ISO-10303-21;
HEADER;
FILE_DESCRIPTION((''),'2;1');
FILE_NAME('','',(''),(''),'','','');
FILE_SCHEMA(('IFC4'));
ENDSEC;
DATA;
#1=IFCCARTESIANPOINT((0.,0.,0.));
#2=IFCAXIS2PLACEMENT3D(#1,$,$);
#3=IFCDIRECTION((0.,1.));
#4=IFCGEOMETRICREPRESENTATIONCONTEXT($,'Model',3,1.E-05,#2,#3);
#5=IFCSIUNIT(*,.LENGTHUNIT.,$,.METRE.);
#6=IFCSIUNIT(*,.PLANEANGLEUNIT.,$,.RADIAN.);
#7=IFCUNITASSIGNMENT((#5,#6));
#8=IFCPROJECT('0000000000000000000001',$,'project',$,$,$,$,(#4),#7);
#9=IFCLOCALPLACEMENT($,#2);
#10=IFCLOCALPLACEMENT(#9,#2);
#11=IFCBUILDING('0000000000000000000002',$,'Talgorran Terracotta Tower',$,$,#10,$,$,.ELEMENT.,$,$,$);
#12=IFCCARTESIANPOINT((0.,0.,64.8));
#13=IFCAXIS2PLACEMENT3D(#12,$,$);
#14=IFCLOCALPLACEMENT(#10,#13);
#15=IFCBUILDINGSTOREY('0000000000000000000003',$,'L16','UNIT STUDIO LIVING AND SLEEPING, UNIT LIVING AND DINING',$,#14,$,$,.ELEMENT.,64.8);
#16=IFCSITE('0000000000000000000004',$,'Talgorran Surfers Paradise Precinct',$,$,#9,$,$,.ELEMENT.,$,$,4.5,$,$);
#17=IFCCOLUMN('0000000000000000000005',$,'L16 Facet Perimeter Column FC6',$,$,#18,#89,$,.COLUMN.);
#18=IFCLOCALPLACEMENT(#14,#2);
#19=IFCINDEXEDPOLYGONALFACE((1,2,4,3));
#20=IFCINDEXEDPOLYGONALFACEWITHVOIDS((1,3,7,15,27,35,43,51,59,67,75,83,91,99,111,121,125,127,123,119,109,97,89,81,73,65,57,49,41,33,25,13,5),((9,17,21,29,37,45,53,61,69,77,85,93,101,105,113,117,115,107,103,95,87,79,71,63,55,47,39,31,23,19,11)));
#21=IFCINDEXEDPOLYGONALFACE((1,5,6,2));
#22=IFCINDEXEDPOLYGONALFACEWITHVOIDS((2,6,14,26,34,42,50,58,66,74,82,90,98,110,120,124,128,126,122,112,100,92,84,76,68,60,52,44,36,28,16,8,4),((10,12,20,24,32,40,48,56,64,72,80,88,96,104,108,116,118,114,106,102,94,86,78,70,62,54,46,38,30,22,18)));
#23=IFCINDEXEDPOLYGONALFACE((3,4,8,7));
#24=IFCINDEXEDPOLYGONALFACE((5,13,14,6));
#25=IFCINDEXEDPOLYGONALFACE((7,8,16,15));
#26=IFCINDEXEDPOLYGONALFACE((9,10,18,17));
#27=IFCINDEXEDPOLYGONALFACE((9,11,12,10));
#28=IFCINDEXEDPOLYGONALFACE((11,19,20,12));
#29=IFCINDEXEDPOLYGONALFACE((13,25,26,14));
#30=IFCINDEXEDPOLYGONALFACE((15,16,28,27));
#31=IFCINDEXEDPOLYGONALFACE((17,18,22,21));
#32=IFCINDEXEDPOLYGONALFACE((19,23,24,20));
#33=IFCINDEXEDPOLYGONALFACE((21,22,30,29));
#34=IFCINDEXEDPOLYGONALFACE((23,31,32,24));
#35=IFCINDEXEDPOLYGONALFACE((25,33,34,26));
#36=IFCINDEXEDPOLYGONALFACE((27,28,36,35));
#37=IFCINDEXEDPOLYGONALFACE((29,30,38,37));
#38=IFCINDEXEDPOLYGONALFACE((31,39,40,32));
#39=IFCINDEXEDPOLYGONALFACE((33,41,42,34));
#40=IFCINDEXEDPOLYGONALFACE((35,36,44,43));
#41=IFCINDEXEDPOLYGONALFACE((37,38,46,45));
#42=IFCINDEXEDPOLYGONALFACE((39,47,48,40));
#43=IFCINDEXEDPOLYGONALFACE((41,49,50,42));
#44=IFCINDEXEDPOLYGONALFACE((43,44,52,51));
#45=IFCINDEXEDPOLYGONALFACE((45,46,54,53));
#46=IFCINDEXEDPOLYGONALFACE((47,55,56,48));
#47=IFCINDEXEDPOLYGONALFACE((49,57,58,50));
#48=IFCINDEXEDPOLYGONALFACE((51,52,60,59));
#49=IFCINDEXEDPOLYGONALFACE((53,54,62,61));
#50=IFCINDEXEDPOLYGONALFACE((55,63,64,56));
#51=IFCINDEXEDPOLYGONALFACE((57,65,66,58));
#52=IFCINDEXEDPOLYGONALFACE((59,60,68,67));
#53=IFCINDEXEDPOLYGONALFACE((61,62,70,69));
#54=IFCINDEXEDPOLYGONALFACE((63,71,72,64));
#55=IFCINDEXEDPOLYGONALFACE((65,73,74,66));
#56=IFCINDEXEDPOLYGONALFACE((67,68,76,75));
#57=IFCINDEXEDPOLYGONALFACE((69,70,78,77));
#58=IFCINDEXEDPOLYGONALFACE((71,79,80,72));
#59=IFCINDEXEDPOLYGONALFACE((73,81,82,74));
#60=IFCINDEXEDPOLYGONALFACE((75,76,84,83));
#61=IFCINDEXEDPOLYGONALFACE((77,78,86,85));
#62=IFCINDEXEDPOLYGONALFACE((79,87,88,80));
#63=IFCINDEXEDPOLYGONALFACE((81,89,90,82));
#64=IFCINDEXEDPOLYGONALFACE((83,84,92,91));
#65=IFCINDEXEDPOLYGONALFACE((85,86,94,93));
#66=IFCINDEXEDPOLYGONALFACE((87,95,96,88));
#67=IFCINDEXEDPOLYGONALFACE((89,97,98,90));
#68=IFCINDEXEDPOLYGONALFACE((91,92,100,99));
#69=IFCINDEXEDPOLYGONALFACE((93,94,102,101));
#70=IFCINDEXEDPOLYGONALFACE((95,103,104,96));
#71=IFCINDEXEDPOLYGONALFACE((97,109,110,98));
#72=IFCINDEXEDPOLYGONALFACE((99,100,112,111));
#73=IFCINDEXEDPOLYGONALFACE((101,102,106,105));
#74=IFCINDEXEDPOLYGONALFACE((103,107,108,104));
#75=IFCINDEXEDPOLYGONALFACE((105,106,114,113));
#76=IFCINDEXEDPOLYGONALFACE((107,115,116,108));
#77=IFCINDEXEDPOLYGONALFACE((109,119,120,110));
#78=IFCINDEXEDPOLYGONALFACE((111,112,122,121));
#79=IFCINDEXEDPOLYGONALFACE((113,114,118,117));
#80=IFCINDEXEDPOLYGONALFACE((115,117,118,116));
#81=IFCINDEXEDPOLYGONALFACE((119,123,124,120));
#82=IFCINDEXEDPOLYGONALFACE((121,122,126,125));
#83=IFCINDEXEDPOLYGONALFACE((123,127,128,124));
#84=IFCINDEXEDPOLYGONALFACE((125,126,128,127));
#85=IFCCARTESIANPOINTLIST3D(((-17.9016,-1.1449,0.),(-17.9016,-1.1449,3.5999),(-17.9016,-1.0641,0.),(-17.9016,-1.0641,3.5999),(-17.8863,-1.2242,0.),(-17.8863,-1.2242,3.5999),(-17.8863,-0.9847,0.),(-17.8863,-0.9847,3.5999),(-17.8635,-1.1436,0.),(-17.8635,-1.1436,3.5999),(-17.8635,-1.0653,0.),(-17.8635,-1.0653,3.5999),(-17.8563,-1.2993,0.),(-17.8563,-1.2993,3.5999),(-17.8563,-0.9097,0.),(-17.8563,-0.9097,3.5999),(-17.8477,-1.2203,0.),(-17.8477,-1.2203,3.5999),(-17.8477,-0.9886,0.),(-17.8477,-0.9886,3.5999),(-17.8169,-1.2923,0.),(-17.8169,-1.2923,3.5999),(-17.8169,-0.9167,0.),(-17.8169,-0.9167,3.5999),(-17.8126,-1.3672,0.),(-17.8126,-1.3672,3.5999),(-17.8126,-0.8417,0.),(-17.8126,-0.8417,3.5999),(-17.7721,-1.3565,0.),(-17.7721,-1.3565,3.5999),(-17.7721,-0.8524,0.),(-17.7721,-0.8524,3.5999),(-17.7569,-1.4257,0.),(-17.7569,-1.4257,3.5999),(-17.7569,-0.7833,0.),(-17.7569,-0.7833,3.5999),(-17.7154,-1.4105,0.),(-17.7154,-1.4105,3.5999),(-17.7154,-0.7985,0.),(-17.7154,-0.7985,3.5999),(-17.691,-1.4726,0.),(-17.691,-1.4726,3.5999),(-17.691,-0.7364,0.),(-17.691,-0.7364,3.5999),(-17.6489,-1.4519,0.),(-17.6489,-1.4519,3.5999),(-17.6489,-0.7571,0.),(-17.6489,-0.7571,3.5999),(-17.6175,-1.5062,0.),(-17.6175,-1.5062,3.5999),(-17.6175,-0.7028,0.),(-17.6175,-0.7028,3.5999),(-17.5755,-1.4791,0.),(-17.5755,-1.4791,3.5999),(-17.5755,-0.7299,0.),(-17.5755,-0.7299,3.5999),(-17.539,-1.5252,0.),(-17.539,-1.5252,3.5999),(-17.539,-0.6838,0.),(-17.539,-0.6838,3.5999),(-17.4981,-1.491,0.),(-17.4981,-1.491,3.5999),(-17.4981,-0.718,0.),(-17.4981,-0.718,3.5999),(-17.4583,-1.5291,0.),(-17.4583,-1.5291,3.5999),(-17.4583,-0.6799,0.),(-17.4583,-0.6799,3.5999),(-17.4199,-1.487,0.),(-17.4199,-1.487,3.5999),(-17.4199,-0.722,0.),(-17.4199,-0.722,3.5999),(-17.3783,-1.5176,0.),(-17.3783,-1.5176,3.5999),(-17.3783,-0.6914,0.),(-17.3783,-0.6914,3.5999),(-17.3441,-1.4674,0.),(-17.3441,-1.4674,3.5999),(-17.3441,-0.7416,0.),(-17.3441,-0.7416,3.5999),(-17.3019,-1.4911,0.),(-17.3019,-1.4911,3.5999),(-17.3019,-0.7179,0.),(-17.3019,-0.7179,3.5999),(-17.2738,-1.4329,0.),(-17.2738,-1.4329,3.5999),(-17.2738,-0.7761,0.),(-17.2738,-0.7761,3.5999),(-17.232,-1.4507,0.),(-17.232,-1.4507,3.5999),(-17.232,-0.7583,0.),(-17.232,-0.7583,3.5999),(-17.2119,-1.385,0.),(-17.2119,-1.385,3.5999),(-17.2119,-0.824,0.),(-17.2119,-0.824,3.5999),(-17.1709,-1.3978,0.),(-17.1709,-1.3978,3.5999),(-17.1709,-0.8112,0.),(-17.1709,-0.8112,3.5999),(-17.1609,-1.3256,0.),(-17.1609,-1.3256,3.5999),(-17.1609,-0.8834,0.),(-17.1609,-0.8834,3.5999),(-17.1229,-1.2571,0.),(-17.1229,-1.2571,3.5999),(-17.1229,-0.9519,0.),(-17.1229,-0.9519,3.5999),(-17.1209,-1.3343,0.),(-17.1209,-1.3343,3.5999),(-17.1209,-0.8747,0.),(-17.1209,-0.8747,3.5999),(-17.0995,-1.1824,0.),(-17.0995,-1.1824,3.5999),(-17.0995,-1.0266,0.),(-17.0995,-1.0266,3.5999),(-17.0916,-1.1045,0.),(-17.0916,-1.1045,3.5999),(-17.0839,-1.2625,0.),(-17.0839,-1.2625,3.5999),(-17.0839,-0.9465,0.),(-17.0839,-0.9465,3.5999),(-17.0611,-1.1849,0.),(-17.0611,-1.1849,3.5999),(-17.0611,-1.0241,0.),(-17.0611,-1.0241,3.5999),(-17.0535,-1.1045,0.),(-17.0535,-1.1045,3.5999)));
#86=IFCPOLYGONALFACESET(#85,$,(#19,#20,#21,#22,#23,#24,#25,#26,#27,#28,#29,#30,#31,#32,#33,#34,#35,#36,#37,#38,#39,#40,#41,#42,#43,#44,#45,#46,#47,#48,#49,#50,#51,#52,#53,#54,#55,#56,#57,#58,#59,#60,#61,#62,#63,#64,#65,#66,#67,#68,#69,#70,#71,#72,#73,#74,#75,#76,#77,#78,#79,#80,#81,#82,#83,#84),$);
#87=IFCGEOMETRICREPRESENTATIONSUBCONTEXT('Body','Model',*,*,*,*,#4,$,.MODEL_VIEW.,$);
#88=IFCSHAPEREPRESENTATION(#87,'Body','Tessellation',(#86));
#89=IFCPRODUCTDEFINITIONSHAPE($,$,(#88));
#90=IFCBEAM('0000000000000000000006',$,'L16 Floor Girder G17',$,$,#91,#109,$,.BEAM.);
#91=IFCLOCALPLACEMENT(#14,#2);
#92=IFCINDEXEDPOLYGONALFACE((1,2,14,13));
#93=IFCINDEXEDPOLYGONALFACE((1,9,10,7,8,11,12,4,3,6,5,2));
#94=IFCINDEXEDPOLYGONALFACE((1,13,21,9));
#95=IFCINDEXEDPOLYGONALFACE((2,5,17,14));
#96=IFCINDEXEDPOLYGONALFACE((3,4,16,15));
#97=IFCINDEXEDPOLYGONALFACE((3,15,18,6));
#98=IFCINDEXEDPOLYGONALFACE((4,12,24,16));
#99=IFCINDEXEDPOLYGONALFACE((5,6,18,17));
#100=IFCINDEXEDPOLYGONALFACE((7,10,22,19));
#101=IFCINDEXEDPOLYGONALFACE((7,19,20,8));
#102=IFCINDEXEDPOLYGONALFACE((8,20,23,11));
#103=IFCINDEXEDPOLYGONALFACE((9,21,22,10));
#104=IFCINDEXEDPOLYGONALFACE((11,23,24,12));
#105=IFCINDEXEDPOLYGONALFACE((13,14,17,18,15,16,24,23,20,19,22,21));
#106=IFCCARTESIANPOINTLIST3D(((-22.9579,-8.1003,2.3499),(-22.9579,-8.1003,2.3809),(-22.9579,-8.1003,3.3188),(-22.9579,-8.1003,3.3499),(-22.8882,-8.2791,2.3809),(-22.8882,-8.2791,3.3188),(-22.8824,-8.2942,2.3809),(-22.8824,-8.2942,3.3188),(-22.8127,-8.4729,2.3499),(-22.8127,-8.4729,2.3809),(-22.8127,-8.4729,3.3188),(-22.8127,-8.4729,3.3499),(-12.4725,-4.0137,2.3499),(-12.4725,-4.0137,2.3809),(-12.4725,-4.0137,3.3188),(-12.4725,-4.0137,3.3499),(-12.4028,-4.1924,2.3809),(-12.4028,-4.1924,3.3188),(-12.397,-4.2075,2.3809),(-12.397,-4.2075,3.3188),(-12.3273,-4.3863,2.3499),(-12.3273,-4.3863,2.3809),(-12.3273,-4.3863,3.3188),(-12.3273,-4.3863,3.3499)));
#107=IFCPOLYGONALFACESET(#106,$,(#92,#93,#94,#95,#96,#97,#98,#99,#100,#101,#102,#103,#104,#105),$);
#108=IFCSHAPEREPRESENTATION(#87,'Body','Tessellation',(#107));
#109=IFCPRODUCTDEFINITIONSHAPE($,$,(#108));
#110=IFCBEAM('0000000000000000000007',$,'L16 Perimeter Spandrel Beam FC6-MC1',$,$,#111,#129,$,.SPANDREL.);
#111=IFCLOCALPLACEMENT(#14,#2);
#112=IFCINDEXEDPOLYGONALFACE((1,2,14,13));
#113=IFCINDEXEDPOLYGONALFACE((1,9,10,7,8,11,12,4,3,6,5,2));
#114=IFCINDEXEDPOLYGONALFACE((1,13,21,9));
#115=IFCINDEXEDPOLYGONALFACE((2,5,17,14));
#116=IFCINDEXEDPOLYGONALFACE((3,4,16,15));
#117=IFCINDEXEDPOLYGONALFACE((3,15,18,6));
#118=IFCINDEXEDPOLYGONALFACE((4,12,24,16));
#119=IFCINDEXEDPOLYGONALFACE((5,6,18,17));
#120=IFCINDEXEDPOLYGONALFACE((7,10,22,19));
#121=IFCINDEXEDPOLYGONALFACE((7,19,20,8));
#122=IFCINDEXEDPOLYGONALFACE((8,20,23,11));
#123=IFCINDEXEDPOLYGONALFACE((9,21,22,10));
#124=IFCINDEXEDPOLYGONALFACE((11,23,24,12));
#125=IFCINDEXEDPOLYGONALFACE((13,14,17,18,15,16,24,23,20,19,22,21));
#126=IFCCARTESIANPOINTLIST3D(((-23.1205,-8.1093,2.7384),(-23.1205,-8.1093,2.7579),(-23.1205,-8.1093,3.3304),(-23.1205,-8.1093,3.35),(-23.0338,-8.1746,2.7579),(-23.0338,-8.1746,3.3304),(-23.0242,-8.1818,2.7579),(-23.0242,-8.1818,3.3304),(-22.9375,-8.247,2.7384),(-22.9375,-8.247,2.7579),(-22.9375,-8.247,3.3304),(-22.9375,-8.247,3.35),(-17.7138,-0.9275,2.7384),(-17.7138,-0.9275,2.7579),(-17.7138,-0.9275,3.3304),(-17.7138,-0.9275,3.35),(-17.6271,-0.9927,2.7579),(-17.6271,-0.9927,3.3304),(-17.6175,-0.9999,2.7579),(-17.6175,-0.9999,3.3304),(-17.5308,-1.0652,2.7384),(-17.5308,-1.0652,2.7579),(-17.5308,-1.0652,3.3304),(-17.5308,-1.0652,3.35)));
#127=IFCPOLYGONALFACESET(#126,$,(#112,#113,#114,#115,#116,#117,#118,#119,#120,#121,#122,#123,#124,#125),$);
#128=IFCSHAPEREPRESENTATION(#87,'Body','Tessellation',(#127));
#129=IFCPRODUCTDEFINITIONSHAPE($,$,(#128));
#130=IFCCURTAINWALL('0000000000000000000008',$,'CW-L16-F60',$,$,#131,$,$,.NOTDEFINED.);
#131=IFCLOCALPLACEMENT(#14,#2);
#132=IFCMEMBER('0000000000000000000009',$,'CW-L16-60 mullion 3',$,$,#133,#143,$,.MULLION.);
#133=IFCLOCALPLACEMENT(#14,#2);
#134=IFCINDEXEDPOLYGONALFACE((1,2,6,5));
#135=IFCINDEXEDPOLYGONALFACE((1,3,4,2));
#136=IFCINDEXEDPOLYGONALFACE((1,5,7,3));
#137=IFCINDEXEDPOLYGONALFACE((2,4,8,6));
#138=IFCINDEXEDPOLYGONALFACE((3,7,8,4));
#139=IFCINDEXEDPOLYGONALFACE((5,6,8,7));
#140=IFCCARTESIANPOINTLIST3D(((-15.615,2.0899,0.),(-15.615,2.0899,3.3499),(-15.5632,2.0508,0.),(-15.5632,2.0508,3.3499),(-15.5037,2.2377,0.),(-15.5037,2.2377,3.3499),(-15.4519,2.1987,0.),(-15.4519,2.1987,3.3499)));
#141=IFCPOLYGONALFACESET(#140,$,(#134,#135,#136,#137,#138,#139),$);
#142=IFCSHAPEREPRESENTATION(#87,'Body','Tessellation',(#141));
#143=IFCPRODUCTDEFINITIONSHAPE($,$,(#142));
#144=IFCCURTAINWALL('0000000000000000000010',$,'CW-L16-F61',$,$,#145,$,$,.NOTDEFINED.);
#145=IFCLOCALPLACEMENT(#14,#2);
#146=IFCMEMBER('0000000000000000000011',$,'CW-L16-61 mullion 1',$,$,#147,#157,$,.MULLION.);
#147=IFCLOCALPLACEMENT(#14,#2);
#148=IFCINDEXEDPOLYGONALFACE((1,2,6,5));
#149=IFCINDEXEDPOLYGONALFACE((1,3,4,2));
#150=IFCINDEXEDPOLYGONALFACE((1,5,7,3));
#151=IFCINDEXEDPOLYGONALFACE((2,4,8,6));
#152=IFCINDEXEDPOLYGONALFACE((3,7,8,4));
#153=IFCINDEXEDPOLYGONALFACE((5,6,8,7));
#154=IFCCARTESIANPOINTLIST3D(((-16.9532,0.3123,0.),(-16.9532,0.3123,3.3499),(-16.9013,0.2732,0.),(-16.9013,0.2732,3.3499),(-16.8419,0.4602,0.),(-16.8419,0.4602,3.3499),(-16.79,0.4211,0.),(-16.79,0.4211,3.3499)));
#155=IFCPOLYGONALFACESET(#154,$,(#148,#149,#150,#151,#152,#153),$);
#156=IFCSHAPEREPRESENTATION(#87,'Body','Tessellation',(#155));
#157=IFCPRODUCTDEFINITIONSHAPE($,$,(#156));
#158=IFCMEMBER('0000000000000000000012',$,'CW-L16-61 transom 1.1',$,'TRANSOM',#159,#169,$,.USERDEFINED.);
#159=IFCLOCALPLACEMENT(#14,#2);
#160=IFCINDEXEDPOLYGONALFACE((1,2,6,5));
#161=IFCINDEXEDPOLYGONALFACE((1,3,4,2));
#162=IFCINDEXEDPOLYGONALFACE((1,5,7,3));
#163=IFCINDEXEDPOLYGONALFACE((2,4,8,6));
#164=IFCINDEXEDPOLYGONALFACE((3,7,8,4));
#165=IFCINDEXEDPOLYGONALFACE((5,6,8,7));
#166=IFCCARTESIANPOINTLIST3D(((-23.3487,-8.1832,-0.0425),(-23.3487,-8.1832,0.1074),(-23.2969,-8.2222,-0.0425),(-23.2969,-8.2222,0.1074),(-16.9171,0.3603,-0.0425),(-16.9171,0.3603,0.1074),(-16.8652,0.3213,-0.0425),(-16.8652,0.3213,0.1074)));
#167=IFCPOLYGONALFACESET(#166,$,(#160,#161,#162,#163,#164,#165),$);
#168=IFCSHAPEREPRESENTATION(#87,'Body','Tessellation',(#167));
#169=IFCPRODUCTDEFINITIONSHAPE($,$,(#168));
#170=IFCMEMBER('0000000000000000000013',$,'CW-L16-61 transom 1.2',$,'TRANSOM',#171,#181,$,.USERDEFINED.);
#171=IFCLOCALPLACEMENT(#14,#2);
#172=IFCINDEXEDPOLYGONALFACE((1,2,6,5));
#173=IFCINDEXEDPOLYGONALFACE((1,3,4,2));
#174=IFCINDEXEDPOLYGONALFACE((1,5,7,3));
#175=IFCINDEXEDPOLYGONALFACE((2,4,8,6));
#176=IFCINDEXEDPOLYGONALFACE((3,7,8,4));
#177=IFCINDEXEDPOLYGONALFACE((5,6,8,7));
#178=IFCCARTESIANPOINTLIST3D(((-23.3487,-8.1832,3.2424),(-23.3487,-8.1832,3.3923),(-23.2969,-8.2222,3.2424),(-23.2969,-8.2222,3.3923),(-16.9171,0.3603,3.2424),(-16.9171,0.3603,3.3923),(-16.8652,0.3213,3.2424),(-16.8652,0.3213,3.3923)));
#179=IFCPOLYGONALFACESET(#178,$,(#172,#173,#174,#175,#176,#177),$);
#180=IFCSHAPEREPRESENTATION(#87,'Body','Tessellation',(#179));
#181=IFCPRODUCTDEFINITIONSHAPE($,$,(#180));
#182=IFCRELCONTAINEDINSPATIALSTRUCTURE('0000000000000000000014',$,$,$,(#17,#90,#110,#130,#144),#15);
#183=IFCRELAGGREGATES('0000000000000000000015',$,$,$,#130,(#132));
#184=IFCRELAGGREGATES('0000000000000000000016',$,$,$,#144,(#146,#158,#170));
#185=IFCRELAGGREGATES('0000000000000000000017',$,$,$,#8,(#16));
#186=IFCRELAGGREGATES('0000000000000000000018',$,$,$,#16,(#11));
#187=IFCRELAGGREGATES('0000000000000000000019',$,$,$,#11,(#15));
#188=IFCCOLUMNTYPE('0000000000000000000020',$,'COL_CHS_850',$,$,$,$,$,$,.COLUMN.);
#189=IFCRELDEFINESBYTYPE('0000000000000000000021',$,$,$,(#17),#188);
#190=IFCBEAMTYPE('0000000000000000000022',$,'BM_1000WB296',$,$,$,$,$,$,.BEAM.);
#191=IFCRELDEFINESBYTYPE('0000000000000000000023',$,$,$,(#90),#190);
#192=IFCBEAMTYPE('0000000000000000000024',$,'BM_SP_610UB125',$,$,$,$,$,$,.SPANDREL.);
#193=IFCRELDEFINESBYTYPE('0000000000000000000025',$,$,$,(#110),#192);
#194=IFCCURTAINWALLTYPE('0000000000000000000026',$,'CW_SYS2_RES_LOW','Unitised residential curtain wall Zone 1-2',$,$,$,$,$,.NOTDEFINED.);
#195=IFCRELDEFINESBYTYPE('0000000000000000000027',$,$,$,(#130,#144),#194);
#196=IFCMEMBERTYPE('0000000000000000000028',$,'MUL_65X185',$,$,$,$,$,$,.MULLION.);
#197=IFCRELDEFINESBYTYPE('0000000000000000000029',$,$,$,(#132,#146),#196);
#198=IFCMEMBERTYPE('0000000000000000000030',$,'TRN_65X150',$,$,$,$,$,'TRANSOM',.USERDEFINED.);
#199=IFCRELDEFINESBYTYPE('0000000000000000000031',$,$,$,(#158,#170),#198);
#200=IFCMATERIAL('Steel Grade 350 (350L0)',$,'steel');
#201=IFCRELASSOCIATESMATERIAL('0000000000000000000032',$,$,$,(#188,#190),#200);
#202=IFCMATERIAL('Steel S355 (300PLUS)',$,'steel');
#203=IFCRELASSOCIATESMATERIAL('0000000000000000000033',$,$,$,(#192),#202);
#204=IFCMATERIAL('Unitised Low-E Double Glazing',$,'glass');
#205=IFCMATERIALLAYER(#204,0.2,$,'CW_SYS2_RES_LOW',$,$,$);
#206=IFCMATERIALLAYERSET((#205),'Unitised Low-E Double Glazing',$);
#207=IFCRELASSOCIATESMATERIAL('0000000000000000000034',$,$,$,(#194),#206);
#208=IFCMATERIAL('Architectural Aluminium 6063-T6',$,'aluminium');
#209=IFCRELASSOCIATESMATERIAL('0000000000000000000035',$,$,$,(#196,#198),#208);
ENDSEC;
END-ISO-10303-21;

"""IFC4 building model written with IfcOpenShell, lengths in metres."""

from ifc_helpers import new_model, si_unit, direction, frame, origin, origin_2d, place, context, subcontext, project, spatial, rectangle, hollow_circle, i_section, extrude, material, layer, layer_set, material_profile, profile_set, type_object, element, aggregate, save


model = new_model("IFC4")

# Units and contexts
model_context = context("Model", 3, precision=1e-05, world=origin(), true_north=direction((0.0, 1.0)))
body_context = subcontext(model_context, "Body", "Model", "MODEL_VIEW")
ifc_project = project(units=[si_unit("LENGTHUNIT", "METRE"), si_unit("PLANEANGLEUNIT", "RADIAN")], contexts=[model_context])

# Site, building, storey
site_placement = place(None, origin())
site = spatial("IfcSite", under=ifc_project, at=site_placement, Name="Talgorran Surfers Paradise Precinct", CompositionType="ELEMENT", RefElevation=4.5)
building_placement = place(site_placement, origin())
building = spatial("IfcBuilding", under=site, at=building_placement, Name="Talgorran Terracotta Tower", CompositionType="ELEMENT")
storey_placement = place(building_placement, frame((0.0, 0.0, 64.8)))
storey = spatial("IfcBuildingStorey", under=building, at=storey_placement, Name="L16", Description="UNIT STUDIO LIVING AND SLEEPING, UNIT LIVING AND DINING", CompositionType="ELEMENT", Elevation=64.8)

# Column
ifc_material_1 = material(Name="Steel Grade 350 (350L0)", Category="steel")
ifc_material_profile_1 = material_profile(ifc_material_1, hollow_circle(Radius=0.425, WallThickness=0.0381, at=origin_2d()), Name="CHS850X38")
ifc_profile_set_1 = profile_set([ifc_material_profile_1], Name="Steel Grade 350 (350L0)")
column_type = type_object("IfcColumnType", Name="COL_CHS_850", PredefinedType="COLUMN", material=ifc_profile_set_1)
column_placement = place(storey_placement, frame((-17.4785, -1.1045, 0.0), z_axis=(0.0, 0.0, 1.0), x_axis=(1.0, 0.0, 0.0)))
element("IfcColumn", 1, at=column_placement, inside=storey, type_object=column_type, Name="L16 Facet Perimeter Column FC6", PredefinedType="COLUMN", context=body_context, shape_type="SweptSolid", body=[
    extrude(hollow_circle(Radius=0.425, WallThickness=0.0381, at=origin_2d()), origin(), (0.0, 0.0, 1.0), 3.5999),
])

# Beams
ifc_material_profile_2 = material_profile(ifc_material_1, i_section(OverallWidth=0.3999, OverallDepth=1.0, WebThickness=0.0161, FlangeThickness=0.031, at=origin_2d()), Name="1000WB296")
ifc_profile_set_2 = profile_set([ifc_material_profile_2], Name="Steel Grade 350 (350L0)")
beam_type_1 = type_object("IfcBeamType", Name="BM_1000WB296", PredefinedType="BEAM", material=ifc_profile_set_2)
beam_1_placement = place(storey_placement, frame((-12.3999, -4.2, 2.8499), z_axis=(-0.931733, -0.363143, 0.0), x_axis=(0.363143, -0.931733, 0.0)))
element("IfcBeam", 2, at=beam_1_placement, inside=storey, type_object=beam_type_1, Name="L16 Floor Girder G17", PredefinedType="BEAM", context=body_context, shape_type="SweptSolid", body=[
    extrude(i_section(OverallWidth=0.3999, OverallDepth=1.0, WebThickness=0.0161, FlangeThickness=0.031, at=origin_2d()), origin(), (0.0, 0.0, 1.0), 11.2537),
])
ifc_material_2 = material(Name="Steel S355 (300PLUS)", Category="steel")
ifc_material_profile_3 = material_profile(ifc_material_2, i_section(OverallWidth=0.229, OverallDepth=0.6116, WebThickness=0.012, FlangeThickness=0.0195, at=origin_2d()), Name="610UB125")
ifc_profile_set_3 = profile_set([ifc_material_profile_3], Name="Steel S355 (300PLUS)")
beam_type_2 = type_object("IfcBeamType", Name="BM_SP_610UB125", PredefinedType="SPANDREL", material=ifc_profile_set_3)
beam_2_placement = place(storey_placement, frame((-17.6223, -0.9963, 3.0442), z_axis=(-0.601446, -0.798913, 0.0), x_axis=(0.798913, -0.601446, 0.0)))
element("IfcBeam", 3, at=beam_2_placement, inside=storey, type_object=beam_type_2, Name="L16 Perimeter Spandrel Beam FC6-MC1", PredefinedType="SPANDREL", context=body_context, shape_type="SweptSolid", body=[
    extrude(i_section(OverallWidth=0.229, OverallDepth=0.6116, WebThickness=0.012, FlangeThickness=0.0195, at=origin_2d()), origin(), (0.0, 0.0, 1.0), 8.9895),
])

# Curtain wall, member
ifc_material_3 = material(Name="Unitised Low-E Double Glazing", Category="glass")
ifc_layer_1 = layer(ifc_material_3, 0.2, Name="CW_SYS2_RES_LOW")
ifc_layer_set_1 = layer_set([ifc_layer_1], Name="Unitised Low-E Double Glazing")
curtain_wall_type = type_object("IfcCurtainWallType", Name="CW_SYS2_RES_LOW", Description="Unitised residential curtain wall Zone 1-2", PredefinedType="NOTDEFINED", material=ifc_layer_set_1)
curtain_wall_1_placement = place(storey_placement, origin())
curtain_wall_1 = element("IfcCurtainWall", 4, at=curtain_wall_1_placement, inside=storey, type_object=curtain_wall_type, Name="CW-L16-F60", PredefinedType="NOTDEFINED")
ifc_material_4 = material(Name="Architectural Aluminium 6063-T6", Category="aluminium")
ifc_material_profile_4 = material_profile(ifc_material_4, rectangle(XDim=0.0649, YDim=0.1851, at=origin_2d()), Name="CWM65X185")
ifc_profile_set_4 = profile_set([ifc_material_profile_4], Name="Architectural Aluminium 6063-T6")
member_type_1 = type_object("IfcMemberType", Name="MUL_65X185", PredefinedType="MULLION", material=ifc_profile_set_4)
member_1_placement = place(storey_placement, frame((-15.5334, 2.1443, 0.0), z_axis=(0.0, 0.0, 1.0), x_axis=(0.798919, -0.601439, 0.0)))
member_1 = element("IfcMember", 5, at=member_1_placement, type_object=member_type_1, Name="CW-L16-60 mullion 3", PredefinedType="MULLION", context=body_context, shape_type="SweptSolid", body=[
    extrude(rectangle(XDim=0.0649, YDim=0.1851, at=origin_2d()), origin(), (0.0, 0.0, 1.0), 3.3499),
])

# Curtain wall, members
curtain_wall_2_placement = place(storey_placement, origin())
curtain_wall_2 = element("IfcCurtainWall", 6, at=curtain_wall_2_placement, inside=storey, type_object=curtain_wall_type, Name="CW-L16-F61", PredefinedType="NOTDEFINED")
member_2_placement = place(storey_placement, frame((-16.8716, 0.3667, 0.0), z_axis=(0.0, 0.0, 1.0), x_axis=(0.79892, -0.601437, 0.0)))
member_2 = element("IfcMember", 7, at=member_2_placement, type_object=member_type_1, Name="CW-L16-61 mullion 1", PredefinedType="MULLION", context=body_context, shape_type="SweptSolid", body=[
    extrude(rectangle(XDim=0.0649, YDim=0.1851, at=origin_2d()), origin(), (0.0, 0.0, 1.0), 3.3499),
])
ifc_material_profile_5 = material_profile(ifc_material_4, rectangle(XDim=0.0649, YDim=0.1499, at=origin_2d()), Name="CWT65X150")
ifc_profile_set_5 = profile_set([ifc_material_profile_5], Name="Architectural Aluminium 6063-T6")
member_type_2 = type_object("IfcMemberType", Name="TRN_65X150", ElementType="TRANSOM", PredefinedType="USERDEFINED", material=ifc_profile_set_5)
member_3_placement = place(storey_placement, frame((-16.8911, 0.3408, 0.0325), z_axis=(-0.601438, -0.798919, 0.0), x_axis=(0.798919, -0.601438, 0.0)))
member_3 = element("IfcMember", 8, at=member_3_placement, type_object=member_type_2, Name="CW-L16-61 transom 1.1", ObjectType="TRANSOM", PredefinedType="USERDEFINED", context=body_context, shape_type="SweptSolid", body=[
    extrude(rectangle(XDim=0.0649, YDim=0.1499, at=origin_2d()), origin(), (0.0, 0.0, 1.0), 10.6938),
])
member_4_placement = place(storey_placement, frame((-16.8911, 0.3408, 3.3174), z_axis=(-0.601438, -0.798919, 0.0), x_axis=(0.798919, -0.601438, 0.0)))
member_4 = element("IfcMember", 9, at=member_4_placement, type_object=member_type_2, Name="CW-L16-61 transom 1.2", ObjectType="TRANSOM", PredefinedType="USERDEFINED", context=body_context, shape_type="SweptSolid", body=[
    extrude(rectangle(XDim=0.0649, YDim=0.1499, at=origin_2d()), origin(), (0.0, 0.0, 1.0), 10.6938),
])

aggregate(curtain_wall_1, [member_1])
aggregate(curtain_wall_2, [member_2, member_3, member_4])

save(model, "model.ifc")
